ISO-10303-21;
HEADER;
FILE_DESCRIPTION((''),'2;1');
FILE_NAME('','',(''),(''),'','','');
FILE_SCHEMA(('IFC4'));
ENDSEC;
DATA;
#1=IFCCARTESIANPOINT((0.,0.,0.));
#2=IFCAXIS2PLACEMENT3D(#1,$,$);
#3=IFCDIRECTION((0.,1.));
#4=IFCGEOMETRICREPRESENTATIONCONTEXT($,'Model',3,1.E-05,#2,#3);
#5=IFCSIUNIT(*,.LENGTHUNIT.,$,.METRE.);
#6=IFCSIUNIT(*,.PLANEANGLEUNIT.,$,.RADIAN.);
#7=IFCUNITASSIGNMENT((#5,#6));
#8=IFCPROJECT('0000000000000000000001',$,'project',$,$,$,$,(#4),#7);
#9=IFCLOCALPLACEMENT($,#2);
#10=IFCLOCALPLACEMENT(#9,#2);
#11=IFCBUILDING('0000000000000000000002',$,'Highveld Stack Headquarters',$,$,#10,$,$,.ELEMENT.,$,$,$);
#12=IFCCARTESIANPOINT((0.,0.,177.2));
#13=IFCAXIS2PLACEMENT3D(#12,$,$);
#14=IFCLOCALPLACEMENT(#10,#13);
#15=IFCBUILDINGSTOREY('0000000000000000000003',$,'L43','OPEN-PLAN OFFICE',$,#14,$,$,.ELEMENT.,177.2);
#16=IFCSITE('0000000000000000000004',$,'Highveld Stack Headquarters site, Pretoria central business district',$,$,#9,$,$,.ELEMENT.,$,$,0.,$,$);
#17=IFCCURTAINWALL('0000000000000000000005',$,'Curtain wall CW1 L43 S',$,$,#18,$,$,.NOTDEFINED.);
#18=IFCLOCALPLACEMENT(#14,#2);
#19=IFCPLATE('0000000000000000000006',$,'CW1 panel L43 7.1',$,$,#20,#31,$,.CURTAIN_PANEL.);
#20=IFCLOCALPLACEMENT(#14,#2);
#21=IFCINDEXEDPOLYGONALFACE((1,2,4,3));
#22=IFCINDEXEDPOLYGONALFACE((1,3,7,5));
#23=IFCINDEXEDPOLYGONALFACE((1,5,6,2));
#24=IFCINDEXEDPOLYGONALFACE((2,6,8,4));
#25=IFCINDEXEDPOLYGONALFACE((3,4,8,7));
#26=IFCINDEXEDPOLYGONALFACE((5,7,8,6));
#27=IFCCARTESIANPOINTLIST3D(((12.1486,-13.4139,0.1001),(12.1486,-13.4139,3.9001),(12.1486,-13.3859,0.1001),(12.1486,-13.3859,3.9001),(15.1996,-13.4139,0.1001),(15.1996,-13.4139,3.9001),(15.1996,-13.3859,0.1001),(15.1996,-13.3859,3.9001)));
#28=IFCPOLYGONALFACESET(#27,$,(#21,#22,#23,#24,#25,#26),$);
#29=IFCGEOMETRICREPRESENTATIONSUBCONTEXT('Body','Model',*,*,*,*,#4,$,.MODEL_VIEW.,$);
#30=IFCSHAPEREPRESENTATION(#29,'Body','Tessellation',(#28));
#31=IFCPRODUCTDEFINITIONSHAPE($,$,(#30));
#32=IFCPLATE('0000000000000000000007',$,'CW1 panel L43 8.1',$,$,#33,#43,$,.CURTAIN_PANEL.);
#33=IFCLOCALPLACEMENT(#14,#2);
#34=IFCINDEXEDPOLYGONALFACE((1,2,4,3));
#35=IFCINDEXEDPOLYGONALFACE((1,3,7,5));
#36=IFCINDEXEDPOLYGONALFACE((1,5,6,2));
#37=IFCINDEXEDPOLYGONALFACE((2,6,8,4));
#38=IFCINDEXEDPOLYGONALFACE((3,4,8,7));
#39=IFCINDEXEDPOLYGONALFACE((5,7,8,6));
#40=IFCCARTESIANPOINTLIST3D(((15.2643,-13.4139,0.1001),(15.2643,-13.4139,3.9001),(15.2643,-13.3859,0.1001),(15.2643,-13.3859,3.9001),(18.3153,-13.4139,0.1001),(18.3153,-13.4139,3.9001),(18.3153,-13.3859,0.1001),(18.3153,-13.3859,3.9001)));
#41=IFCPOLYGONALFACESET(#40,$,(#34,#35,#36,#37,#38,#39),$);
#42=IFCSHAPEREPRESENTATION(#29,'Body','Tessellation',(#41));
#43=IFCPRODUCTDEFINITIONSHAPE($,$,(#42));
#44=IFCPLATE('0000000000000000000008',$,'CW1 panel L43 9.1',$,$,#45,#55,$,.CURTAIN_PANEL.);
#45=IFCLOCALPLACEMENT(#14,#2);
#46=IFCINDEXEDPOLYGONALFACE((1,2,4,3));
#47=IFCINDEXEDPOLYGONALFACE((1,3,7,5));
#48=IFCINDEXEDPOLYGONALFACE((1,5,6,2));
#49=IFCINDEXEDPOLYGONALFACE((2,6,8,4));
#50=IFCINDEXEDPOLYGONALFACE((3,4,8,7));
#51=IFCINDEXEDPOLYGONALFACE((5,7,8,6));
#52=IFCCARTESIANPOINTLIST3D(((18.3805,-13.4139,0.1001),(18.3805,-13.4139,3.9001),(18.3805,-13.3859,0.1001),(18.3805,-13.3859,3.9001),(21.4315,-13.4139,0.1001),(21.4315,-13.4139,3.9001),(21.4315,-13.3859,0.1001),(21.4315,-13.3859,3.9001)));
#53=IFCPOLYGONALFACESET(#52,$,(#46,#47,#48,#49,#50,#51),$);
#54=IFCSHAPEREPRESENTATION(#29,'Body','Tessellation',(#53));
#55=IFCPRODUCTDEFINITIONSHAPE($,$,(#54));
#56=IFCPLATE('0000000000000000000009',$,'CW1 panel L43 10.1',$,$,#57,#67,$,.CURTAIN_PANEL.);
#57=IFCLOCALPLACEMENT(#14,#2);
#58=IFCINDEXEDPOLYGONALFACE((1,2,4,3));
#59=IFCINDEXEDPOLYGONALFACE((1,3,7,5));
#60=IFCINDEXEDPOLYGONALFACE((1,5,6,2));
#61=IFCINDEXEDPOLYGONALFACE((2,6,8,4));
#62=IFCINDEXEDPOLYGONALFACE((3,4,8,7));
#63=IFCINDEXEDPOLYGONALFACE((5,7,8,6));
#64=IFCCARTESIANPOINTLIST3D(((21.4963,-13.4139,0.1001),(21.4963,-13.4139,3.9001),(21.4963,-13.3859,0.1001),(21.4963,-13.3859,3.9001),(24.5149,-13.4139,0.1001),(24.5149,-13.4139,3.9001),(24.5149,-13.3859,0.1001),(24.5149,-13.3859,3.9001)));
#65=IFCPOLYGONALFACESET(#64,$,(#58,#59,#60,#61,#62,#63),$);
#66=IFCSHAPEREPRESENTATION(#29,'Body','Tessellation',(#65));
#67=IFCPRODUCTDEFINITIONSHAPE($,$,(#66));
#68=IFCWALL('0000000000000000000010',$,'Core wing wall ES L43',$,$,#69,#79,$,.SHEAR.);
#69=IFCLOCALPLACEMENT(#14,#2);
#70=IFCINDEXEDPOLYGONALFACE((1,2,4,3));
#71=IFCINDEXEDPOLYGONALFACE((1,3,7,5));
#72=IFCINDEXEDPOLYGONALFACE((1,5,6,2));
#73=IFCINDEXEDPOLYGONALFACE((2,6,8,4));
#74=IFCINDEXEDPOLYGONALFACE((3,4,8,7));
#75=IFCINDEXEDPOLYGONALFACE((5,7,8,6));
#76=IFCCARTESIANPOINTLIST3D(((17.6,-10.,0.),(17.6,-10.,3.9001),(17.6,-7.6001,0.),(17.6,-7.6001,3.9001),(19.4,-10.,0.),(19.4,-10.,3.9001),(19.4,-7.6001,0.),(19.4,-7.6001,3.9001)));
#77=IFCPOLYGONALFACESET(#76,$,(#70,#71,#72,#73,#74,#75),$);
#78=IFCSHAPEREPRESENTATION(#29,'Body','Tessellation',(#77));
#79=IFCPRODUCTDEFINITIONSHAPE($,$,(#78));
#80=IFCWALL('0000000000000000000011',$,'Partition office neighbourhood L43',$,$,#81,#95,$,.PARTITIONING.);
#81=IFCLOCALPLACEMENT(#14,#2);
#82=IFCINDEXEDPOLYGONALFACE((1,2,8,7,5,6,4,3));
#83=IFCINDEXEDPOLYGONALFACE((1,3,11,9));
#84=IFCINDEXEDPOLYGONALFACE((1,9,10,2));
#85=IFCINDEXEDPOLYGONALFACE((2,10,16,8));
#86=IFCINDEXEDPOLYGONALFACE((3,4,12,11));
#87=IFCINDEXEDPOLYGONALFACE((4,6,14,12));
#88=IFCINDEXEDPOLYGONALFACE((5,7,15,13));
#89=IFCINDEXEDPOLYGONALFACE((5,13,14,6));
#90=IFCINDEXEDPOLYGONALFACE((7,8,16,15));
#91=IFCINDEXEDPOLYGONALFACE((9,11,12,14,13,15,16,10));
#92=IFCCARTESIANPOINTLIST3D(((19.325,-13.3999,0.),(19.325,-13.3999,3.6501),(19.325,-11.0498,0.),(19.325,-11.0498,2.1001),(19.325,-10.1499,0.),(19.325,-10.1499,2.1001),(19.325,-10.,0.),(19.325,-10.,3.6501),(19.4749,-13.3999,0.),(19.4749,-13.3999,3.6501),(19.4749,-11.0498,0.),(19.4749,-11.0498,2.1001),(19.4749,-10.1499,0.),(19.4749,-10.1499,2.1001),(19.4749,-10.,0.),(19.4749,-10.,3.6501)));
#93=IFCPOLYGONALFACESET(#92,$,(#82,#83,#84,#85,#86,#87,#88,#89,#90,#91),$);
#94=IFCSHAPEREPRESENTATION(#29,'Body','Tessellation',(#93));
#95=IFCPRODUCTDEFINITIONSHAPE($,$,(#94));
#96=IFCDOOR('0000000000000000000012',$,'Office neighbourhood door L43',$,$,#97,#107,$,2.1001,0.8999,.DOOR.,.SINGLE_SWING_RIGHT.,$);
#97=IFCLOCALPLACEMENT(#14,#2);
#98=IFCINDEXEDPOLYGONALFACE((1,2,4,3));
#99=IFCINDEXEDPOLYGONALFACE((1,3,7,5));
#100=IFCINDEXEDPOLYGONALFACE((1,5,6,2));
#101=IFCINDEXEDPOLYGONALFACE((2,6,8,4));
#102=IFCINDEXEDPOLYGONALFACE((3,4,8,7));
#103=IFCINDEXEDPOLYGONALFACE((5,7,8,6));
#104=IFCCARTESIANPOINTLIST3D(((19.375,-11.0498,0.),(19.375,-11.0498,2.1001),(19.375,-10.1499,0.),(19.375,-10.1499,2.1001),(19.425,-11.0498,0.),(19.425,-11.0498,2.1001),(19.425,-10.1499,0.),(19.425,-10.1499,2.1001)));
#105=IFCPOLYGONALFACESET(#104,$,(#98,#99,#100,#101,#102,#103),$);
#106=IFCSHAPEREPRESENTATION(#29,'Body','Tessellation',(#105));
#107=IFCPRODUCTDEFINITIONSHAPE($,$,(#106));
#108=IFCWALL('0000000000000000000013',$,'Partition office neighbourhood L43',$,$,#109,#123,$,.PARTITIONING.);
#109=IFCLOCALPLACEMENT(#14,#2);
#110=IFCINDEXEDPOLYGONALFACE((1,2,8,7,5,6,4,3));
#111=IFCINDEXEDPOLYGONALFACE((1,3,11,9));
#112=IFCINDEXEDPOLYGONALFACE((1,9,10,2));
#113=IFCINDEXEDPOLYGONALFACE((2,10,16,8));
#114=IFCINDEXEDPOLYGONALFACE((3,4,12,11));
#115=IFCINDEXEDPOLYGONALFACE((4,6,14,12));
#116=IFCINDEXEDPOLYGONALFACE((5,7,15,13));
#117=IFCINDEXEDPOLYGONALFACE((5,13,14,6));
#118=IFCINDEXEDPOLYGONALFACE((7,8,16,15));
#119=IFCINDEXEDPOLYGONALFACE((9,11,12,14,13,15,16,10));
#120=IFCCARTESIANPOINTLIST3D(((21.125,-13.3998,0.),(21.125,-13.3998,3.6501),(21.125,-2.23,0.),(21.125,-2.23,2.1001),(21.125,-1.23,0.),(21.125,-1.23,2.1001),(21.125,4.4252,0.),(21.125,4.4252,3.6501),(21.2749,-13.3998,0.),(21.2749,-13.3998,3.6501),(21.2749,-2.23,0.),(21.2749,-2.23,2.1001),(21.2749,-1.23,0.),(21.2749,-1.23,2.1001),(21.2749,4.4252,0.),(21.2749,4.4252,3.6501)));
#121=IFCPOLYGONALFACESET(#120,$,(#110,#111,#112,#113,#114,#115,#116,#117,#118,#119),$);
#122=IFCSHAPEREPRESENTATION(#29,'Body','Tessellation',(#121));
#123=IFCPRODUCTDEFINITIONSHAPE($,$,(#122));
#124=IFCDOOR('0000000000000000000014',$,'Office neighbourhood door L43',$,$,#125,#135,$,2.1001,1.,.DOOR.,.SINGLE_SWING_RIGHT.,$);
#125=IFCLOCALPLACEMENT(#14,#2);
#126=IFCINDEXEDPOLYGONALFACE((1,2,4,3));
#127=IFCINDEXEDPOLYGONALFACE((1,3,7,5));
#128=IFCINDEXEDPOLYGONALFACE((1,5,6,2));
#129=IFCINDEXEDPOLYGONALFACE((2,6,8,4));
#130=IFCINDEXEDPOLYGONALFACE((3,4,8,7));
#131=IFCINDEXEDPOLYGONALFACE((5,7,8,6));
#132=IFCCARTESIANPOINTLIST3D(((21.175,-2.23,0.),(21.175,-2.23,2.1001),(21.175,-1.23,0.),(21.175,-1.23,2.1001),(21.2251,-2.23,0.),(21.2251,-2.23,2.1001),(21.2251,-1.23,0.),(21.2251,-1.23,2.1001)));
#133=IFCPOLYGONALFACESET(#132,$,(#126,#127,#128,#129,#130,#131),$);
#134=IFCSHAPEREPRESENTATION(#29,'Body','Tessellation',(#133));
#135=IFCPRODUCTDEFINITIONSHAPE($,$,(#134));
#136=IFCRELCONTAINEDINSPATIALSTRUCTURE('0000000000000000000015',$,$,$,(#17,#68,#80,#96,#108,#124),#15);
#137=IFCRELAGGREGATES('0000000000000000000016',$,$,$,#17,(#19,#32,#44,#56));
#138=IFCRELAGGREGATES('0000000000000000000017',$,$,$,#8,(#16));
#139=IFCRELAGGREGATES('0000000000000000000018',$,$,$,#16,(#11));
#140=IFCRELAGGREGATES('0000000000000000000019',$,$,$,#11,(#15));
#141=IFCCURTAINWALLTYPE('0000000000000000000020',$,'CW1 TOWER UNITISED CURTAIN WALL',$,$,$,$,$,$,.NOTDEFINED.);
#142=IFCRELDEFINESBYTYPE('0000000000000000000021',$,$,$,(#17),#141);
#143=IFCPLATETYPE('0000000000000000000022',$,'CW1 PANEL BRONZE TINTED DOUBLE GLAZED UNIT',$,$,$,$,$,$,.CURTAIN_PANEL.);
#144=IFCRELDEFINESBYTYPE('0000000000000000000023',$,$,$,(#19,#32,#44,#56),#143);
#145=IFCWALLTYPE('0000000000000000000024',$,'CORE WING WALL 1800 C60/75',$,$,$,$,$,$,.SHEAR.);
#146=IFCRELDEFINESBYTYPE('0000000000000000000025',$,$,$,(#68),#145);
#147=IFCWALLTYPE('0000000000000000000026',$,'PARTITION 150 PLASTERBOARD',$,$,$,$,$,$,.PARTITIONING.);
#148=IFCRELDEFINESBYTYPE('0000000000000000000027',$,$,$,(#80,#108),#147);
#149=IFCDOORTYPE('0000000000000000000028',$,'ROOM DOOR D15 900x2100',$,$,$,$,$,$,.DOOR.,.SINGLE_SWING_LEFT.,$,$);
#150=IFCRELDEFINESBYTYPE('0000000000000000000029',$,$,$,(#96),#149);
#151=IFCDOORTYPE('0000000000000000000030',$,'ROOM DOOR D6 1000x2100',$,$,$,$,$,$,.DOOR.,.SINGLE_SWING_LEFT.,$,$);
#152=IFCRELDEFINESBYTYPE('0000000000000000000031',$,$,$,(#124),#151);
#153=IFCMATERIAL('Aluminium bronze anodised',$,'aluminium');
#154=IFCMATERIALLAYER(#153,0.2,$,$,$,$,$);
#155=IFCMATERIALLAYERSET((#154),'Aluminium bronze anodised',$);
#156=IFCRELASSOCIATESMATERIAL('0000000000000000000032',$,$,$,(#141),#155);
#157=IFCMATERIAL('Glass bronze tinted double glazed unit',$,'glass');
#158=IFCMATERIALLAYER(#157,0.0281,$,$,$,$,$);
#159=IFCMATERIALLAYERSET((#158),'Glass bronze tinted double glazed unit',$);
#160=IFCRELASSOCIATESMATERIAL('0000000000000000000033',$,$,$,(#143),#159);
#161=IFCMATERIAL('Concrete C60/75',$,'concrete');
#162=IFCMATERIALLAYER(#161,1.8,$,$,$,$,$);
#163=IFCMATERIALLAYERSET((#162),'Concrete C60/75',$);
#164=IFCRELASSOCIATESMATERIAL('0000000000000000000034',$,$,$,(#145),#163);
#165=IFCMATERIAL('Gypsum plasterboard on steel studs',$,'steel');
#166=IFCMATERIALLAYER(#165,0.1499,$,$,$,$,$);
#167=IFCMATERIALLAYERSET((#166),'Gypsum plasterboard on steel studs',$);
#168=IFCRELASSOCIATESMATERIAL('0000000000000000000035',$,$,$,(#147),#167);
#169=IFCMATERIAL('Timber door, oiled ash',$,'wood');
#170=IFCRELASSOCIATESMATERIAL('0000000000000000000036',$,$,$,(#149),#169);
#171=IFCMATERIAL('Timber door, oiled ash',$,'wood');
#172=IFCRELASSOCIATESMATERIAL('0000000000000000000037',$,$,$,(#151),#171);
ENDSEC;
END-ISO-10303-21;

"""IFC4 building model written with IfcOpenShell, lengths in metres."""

from ifc_helpers import new_model, si_unit, direction, frame, frame_2d, origin, origin_2d, place, context, subcontext, project, spatial, rectangle, extrude, material, layer, layer_set, type_object, element, fill, aggregate, save


model = new_model("IFC4")

# Units and contexts
model_context = context("Model", 3, precision=1e-05, world=origin(), true_north=direction((0.0, 1.0)))
body_context = subcontext(model_context, "Body", "Model", "MODEL_VIEW")
ifc_project = project(units=[si_unit("LENGTHUNIT", "METRE"), si_unit("PLANEANGLEUNIT", "RADIAN")], contexts=[model_context])

# Site, building, storey
site_placement = place(None, origin())
site = spatial("IfcSite", under=ifc_project, at=site_placement, Name="Highveld Stack Headquarters site, Pretoria central business district", CompositionType="ELEMENT", RefElevation=0.0)
building_placement = place(site_placement, origin())
building = spatial("IfcBuilding", under=site, at=building_placement, Name="Highveld Stack Headquarters", CompositionType="ELEMENT")
storey_placement = place(building_placement, frame((0.0, 0.0, 177.2)))
storey = spatial("IfcBuildingStorey", under=building, at=storey_placement, Name="L43", Description="OPEN-PLAN OFFICE", CompositionType="ELEMENT", Elevation=177.2)

# Curtain wall, plates
ifc_material_1 = material(Name="Aluminium bronze anodised", Category="aluminium")
ifc_layer_1 = layer(ifc_material_1, 0.2)
ifc_layer_set_1 = layer_set([ifc_layer_1], Name="Aluminium bronze anodised")
curtain_wall_type = type_object("IfcCurtainWallType", Name="CW1 TOWER UNITISED CURTAIN WALL", PredefinedType="NOTDEFINED", material=ifc_layer_set_1)
curtain_wall_placement = place(storey_placement, origin())
curtain_wall = element("IfcCurtainWall", 1, at=curtain_wall_placement, inside=storey, type_object=curtain_wall_type, Name="Curtain wall CW1 L43 S", PredefinedType="NOTDEFINED")
ifc_material_2 = material(Name="Glass bronze tinted double glazed unit", Category="glass")
ifc_layer_2 = layer(ifc_material_2, 0.0281)
ifc_layer_set_2 = layer_set([ifc_layer_2], Name="Glass bronze tinted double glazed unit")
plate_type = type_object("IfcPlateType", Name="CW1 PANEL BRONZE TINTED DOUBLE GLAZED UNIT", PredefinedType="CURTAIN_PANEL", material=ifc_layer_set_2)
plate_1_placement = place(storey_placement, frame((13.6741, -13.3999, 0.1001), z_axis=(0.0, 0.0, 1.0), x_axis=(1.0, 0.0, 0.0)))
plate_1 = element("IfcPlate", 2, at=plate_1_placement, type_object=plate_type, Name="CW1 panel L43 7.1", PredefinedType="CURTAIN_PANEL", context=body_context, shape_type="SweptSolid", body=[
    extrude(rectangle(XDim=3.051, YDim=0.0281, at=origin_2d()), origin(), (0.0, 0.0, 1.0), 3.8),
])
plate_2_placement = place(storey_placement, frame((16.7898, -13.3999, 0.1001), z_axis=(0.0, 0.0, 1.0), x_axis=(1.0, 0.0, 0.0)))
plate_2 = element("IfcPlate", 3, at=plate_2_placement, type_object=plate_type, Name="CW1 panel L43 8.1", PredefinedType="CURTAIN_PANEL", context=body_context, shape_type="SweptSolid", body=[
    extrude(rectangle(XDim=3.051, YDim=0.0281, at=origin_2d()), origin(), (0.0, 0.0, 1.0), 3.8),
])
plate_3_placement = place(storey_placement, frame((19.906, -13.3999, 0.1001), z_axis=(0.0, 0.0, 1.0), x_axis=(1.0, 0.0, 0.0)))
plate_3 = element("IfcPlate", 4, at=plate_3_placement, type_object=plate_type, Name="CW1 panel L43 9.1", PredefinedType="CURTAIN_PANEL", context=body_context, shape_type="SweptSolid", body=[
    extrude(rectangle(XDim=3.051, YDim=0.0281, at=origin_2d()), origin(), (0.0, 0.0, 1.0), 3.8),
])
plate_4_placement = place(storey_placement, frame((23.0056, -13.3999, 0.1001), z_axis=(0.0, 0.0, 1.0), x_axis=(1.0, 0.0, 0.0)))
plate_4 = element("IfcPlate", 5, at=plate_4_placement, type_object=plate_type, Name="CW1 panel L43 10.1", PredefinedType="CURTAIN_PANEL", context=body_context, shape_type="SweptSolid", body=[
    extrude(rectangle(XDim=3.0186, YDim=0.0281, at=origin_2d()), origin(), (0.0, 0.0, 1.0), 3.8),
])
aggregate(curtain_wall, [plate_1, plate_2, plate_3, plate_4])

# Wall
ifc_material_3 = material(Name="Concrete C60/75", Category="concrete")
ifc_layer_3 = layer(ifc_material_3, 1.8)
ifc_layer_set_3 = layer_set([ifc_layer_3], Name="Concrete C60/75")
wall_type_1 = type_object("IfcWallType", Name="CORE WING WALL 1800 C60/75", PredefinedType="SHEAR", material=ifc_layer_set_3)
wall_1_placement = place(storey_placement, frame((18.5, -10.0, 0.0), z_axis=(0.0, 0.0, 1.0), x_axis=(0.0, 1.0, 0.0)))
element("IfcWall", 6, at=wall_1_placement, inside=storey, type_object=wall_type_1, Name="Core wing wall ES L43", PredefinedType="SHEAR", context=body_context, shape_type="SweptSolid", body=[
    extrude(rectangle(XDim=2.3999, YDim=1.8, at=frame_2d((1.2, 0.0))), origin(), (0.0, 0.0, 1.0), 3.9001),
])

# Walls, openings, doors
ifc_material_4 = material(Name="Gypsum plasterboard on steel studs", Category="steel")
ifc_layer_4 = layer(ifc_material_4, 0.1499)
ifc_layer_set_4 = layer_set([ifc_layer_4], Name="Gypsum plasterboard on steel studs")
wall_type_2 = type_object("IfcWallType", Name="PARTITION 150 PLASTERBOARD", PredefinedType="PARTITIONING", material=ifc_layer_set_4)
wall_2_placement = place(storey_placement, frame((19.3999, -13.3999, 0.0), z_axis=(0.0, 0.0, 1.0), x_axis=(0.0, 1.0, 0.0)))
wall_2 = element("IfcWall", 7, at=wall_2_placement, inside=storey, type_object=wall_type_2, Name="Partition office neighbourhood L43", PredefinedType="PARTITIONING", context=body_context, shape_type="SweptSolid", body=[
    extrude(rectangle(XDim=3.3999, YDim=0.1499, at=frame_2d((1.7, 0.0))), origin(), (0.0, 0.0, 1.0), 3.6501),
])
opening_1_placement = place(wall_2_placement, frame((2.3501, 0.0, 0.0)))
opening_1 = element("IfcOpeningElement", 8, at=opening_1_placement, cuts=wall_2, PredefinedType="OPENING", context=body_context, shape_type="SweptSolid", body=[
    extrude(rectangle(XDim=0.8999, YDim=2.1001, at=frame_2d((0.45, 1.05))), frame((0.0, 0.085, 0.0), z_axis=(0.0, -1.0, 0.0), x_axis=(1.0, 0.0, 0.0)), (0.0, 0.0, 1.0), 0.1699),
])
ifc_material_5 = material(Name="Timber door, oiled ash", Category="wood")
door_type_1 = type_object("IfcDoorType", Name="ROOM DOOR D15 900x2100", OperationType="SINGLE_SWING_LEFT", PredefinedType="DOOR", material=ifc_material_5)
door_1_placement = place(opening_1_placement, origin())
door_1 = element("IfcDoor", 9, at=door_1_placement, inside=storey, type_object=door_type_1, Name="Office neighbourhood door L43", OperationType="SINGLE_SWING_RIGHT", OverallHeight=2.1001, OverallWidth=0.8999, PredefinedType="DOOR", context=body_context, shape_type="SweptSolid", body=[
    extrude(rectangle(XDim=0.8999, YDim=2.1001, at=frame_2d((0.45, 1.05))), frame((0.0, 0.0249, 0.0), z_axis=(0.0, -1.0, 0.0), x_axis=(1.0, 0.0, 0.0)), (0.0, 0.0, 1.0), 0.05),
])
fill(opening_1, door_1)
wall_3_placement = place(storey_placement, frame((21.2, -13.3999, 0.0), z_axis=(0.0, 0.0, 1.0), x_axis=(0.0, 1.0, 0.0)))
wall_3 = element("IfcWall", 10, at=wall_3_placement, inside=storey, type_object=wall_type_2, Name="Partition office neighbourhood L43", PredefinedType="PARTITIONING", context=body_context, shape_type="SweptSolid", body=[
    extrude(rectangle(XDim=17.825, YDim=0.1499, at=frame_2d((8.9126, 0.0))), origin(), (0.0, 0.0, 1.0), 3.6501),
])
opening_2_placement = place(wall_3_placement, frame((11.1699, 0.0, 0.0)))
opening_2 = element("IfcOpeningElement", 11, at=opening_2_placement, cuts=wall_3, PredefinedType="OPENING", context=body_context, shape_type="SweptSolid", body=[
    extrude(rectangle(XDim=1.0, YDim=2.1001, at=frame_2d((0.5, 1.05))), frame((0.0, 0.085, 0.0), z_axis=(0.0, -1.0, 0.0), x_axis=(1.0, 0.0, 0.0)), (0.0, 0.0, 1.0), 0.1699),
])
ifc_material_6 = material(Name="Timber door, oiled ash", Category="wood")
door_type_2 = type_object("IfcDoorType", Name="ROOM DOOR D6 1000x2100", OperationType="SINGLE_SWING_LEFT", PredefinedType="DOOR", material=ifc_material_6)
door_2_placement = place(opening_2_placement, origin())
door_2 = element("IfcDoor", 12, at=door_2_placement, inside=storey, type_object=door_type_2, Name="Office neighbourhood door L43", OperationType="SINGLE_SWING_RIGHT", OverallHeight=2.1001, OverallWidth=1.0, PredefinedType="DOOR", context=body_context, shape_type="SweptSolid", body=[
    extrude(rectangle(XDim=1.0, YDim=2.1001, at=frame_2d((0.5, 1.05))), frame((0.0, 0.0249, 0.0), z_axis=(0.0, -1.0, 0.0), x_axis=(1.0, 0.0, 0.0)), (0.0, 0.0, 1.0), 0.05),
])
fill(opening_2, door_2)

save(model, "model.ifc")
